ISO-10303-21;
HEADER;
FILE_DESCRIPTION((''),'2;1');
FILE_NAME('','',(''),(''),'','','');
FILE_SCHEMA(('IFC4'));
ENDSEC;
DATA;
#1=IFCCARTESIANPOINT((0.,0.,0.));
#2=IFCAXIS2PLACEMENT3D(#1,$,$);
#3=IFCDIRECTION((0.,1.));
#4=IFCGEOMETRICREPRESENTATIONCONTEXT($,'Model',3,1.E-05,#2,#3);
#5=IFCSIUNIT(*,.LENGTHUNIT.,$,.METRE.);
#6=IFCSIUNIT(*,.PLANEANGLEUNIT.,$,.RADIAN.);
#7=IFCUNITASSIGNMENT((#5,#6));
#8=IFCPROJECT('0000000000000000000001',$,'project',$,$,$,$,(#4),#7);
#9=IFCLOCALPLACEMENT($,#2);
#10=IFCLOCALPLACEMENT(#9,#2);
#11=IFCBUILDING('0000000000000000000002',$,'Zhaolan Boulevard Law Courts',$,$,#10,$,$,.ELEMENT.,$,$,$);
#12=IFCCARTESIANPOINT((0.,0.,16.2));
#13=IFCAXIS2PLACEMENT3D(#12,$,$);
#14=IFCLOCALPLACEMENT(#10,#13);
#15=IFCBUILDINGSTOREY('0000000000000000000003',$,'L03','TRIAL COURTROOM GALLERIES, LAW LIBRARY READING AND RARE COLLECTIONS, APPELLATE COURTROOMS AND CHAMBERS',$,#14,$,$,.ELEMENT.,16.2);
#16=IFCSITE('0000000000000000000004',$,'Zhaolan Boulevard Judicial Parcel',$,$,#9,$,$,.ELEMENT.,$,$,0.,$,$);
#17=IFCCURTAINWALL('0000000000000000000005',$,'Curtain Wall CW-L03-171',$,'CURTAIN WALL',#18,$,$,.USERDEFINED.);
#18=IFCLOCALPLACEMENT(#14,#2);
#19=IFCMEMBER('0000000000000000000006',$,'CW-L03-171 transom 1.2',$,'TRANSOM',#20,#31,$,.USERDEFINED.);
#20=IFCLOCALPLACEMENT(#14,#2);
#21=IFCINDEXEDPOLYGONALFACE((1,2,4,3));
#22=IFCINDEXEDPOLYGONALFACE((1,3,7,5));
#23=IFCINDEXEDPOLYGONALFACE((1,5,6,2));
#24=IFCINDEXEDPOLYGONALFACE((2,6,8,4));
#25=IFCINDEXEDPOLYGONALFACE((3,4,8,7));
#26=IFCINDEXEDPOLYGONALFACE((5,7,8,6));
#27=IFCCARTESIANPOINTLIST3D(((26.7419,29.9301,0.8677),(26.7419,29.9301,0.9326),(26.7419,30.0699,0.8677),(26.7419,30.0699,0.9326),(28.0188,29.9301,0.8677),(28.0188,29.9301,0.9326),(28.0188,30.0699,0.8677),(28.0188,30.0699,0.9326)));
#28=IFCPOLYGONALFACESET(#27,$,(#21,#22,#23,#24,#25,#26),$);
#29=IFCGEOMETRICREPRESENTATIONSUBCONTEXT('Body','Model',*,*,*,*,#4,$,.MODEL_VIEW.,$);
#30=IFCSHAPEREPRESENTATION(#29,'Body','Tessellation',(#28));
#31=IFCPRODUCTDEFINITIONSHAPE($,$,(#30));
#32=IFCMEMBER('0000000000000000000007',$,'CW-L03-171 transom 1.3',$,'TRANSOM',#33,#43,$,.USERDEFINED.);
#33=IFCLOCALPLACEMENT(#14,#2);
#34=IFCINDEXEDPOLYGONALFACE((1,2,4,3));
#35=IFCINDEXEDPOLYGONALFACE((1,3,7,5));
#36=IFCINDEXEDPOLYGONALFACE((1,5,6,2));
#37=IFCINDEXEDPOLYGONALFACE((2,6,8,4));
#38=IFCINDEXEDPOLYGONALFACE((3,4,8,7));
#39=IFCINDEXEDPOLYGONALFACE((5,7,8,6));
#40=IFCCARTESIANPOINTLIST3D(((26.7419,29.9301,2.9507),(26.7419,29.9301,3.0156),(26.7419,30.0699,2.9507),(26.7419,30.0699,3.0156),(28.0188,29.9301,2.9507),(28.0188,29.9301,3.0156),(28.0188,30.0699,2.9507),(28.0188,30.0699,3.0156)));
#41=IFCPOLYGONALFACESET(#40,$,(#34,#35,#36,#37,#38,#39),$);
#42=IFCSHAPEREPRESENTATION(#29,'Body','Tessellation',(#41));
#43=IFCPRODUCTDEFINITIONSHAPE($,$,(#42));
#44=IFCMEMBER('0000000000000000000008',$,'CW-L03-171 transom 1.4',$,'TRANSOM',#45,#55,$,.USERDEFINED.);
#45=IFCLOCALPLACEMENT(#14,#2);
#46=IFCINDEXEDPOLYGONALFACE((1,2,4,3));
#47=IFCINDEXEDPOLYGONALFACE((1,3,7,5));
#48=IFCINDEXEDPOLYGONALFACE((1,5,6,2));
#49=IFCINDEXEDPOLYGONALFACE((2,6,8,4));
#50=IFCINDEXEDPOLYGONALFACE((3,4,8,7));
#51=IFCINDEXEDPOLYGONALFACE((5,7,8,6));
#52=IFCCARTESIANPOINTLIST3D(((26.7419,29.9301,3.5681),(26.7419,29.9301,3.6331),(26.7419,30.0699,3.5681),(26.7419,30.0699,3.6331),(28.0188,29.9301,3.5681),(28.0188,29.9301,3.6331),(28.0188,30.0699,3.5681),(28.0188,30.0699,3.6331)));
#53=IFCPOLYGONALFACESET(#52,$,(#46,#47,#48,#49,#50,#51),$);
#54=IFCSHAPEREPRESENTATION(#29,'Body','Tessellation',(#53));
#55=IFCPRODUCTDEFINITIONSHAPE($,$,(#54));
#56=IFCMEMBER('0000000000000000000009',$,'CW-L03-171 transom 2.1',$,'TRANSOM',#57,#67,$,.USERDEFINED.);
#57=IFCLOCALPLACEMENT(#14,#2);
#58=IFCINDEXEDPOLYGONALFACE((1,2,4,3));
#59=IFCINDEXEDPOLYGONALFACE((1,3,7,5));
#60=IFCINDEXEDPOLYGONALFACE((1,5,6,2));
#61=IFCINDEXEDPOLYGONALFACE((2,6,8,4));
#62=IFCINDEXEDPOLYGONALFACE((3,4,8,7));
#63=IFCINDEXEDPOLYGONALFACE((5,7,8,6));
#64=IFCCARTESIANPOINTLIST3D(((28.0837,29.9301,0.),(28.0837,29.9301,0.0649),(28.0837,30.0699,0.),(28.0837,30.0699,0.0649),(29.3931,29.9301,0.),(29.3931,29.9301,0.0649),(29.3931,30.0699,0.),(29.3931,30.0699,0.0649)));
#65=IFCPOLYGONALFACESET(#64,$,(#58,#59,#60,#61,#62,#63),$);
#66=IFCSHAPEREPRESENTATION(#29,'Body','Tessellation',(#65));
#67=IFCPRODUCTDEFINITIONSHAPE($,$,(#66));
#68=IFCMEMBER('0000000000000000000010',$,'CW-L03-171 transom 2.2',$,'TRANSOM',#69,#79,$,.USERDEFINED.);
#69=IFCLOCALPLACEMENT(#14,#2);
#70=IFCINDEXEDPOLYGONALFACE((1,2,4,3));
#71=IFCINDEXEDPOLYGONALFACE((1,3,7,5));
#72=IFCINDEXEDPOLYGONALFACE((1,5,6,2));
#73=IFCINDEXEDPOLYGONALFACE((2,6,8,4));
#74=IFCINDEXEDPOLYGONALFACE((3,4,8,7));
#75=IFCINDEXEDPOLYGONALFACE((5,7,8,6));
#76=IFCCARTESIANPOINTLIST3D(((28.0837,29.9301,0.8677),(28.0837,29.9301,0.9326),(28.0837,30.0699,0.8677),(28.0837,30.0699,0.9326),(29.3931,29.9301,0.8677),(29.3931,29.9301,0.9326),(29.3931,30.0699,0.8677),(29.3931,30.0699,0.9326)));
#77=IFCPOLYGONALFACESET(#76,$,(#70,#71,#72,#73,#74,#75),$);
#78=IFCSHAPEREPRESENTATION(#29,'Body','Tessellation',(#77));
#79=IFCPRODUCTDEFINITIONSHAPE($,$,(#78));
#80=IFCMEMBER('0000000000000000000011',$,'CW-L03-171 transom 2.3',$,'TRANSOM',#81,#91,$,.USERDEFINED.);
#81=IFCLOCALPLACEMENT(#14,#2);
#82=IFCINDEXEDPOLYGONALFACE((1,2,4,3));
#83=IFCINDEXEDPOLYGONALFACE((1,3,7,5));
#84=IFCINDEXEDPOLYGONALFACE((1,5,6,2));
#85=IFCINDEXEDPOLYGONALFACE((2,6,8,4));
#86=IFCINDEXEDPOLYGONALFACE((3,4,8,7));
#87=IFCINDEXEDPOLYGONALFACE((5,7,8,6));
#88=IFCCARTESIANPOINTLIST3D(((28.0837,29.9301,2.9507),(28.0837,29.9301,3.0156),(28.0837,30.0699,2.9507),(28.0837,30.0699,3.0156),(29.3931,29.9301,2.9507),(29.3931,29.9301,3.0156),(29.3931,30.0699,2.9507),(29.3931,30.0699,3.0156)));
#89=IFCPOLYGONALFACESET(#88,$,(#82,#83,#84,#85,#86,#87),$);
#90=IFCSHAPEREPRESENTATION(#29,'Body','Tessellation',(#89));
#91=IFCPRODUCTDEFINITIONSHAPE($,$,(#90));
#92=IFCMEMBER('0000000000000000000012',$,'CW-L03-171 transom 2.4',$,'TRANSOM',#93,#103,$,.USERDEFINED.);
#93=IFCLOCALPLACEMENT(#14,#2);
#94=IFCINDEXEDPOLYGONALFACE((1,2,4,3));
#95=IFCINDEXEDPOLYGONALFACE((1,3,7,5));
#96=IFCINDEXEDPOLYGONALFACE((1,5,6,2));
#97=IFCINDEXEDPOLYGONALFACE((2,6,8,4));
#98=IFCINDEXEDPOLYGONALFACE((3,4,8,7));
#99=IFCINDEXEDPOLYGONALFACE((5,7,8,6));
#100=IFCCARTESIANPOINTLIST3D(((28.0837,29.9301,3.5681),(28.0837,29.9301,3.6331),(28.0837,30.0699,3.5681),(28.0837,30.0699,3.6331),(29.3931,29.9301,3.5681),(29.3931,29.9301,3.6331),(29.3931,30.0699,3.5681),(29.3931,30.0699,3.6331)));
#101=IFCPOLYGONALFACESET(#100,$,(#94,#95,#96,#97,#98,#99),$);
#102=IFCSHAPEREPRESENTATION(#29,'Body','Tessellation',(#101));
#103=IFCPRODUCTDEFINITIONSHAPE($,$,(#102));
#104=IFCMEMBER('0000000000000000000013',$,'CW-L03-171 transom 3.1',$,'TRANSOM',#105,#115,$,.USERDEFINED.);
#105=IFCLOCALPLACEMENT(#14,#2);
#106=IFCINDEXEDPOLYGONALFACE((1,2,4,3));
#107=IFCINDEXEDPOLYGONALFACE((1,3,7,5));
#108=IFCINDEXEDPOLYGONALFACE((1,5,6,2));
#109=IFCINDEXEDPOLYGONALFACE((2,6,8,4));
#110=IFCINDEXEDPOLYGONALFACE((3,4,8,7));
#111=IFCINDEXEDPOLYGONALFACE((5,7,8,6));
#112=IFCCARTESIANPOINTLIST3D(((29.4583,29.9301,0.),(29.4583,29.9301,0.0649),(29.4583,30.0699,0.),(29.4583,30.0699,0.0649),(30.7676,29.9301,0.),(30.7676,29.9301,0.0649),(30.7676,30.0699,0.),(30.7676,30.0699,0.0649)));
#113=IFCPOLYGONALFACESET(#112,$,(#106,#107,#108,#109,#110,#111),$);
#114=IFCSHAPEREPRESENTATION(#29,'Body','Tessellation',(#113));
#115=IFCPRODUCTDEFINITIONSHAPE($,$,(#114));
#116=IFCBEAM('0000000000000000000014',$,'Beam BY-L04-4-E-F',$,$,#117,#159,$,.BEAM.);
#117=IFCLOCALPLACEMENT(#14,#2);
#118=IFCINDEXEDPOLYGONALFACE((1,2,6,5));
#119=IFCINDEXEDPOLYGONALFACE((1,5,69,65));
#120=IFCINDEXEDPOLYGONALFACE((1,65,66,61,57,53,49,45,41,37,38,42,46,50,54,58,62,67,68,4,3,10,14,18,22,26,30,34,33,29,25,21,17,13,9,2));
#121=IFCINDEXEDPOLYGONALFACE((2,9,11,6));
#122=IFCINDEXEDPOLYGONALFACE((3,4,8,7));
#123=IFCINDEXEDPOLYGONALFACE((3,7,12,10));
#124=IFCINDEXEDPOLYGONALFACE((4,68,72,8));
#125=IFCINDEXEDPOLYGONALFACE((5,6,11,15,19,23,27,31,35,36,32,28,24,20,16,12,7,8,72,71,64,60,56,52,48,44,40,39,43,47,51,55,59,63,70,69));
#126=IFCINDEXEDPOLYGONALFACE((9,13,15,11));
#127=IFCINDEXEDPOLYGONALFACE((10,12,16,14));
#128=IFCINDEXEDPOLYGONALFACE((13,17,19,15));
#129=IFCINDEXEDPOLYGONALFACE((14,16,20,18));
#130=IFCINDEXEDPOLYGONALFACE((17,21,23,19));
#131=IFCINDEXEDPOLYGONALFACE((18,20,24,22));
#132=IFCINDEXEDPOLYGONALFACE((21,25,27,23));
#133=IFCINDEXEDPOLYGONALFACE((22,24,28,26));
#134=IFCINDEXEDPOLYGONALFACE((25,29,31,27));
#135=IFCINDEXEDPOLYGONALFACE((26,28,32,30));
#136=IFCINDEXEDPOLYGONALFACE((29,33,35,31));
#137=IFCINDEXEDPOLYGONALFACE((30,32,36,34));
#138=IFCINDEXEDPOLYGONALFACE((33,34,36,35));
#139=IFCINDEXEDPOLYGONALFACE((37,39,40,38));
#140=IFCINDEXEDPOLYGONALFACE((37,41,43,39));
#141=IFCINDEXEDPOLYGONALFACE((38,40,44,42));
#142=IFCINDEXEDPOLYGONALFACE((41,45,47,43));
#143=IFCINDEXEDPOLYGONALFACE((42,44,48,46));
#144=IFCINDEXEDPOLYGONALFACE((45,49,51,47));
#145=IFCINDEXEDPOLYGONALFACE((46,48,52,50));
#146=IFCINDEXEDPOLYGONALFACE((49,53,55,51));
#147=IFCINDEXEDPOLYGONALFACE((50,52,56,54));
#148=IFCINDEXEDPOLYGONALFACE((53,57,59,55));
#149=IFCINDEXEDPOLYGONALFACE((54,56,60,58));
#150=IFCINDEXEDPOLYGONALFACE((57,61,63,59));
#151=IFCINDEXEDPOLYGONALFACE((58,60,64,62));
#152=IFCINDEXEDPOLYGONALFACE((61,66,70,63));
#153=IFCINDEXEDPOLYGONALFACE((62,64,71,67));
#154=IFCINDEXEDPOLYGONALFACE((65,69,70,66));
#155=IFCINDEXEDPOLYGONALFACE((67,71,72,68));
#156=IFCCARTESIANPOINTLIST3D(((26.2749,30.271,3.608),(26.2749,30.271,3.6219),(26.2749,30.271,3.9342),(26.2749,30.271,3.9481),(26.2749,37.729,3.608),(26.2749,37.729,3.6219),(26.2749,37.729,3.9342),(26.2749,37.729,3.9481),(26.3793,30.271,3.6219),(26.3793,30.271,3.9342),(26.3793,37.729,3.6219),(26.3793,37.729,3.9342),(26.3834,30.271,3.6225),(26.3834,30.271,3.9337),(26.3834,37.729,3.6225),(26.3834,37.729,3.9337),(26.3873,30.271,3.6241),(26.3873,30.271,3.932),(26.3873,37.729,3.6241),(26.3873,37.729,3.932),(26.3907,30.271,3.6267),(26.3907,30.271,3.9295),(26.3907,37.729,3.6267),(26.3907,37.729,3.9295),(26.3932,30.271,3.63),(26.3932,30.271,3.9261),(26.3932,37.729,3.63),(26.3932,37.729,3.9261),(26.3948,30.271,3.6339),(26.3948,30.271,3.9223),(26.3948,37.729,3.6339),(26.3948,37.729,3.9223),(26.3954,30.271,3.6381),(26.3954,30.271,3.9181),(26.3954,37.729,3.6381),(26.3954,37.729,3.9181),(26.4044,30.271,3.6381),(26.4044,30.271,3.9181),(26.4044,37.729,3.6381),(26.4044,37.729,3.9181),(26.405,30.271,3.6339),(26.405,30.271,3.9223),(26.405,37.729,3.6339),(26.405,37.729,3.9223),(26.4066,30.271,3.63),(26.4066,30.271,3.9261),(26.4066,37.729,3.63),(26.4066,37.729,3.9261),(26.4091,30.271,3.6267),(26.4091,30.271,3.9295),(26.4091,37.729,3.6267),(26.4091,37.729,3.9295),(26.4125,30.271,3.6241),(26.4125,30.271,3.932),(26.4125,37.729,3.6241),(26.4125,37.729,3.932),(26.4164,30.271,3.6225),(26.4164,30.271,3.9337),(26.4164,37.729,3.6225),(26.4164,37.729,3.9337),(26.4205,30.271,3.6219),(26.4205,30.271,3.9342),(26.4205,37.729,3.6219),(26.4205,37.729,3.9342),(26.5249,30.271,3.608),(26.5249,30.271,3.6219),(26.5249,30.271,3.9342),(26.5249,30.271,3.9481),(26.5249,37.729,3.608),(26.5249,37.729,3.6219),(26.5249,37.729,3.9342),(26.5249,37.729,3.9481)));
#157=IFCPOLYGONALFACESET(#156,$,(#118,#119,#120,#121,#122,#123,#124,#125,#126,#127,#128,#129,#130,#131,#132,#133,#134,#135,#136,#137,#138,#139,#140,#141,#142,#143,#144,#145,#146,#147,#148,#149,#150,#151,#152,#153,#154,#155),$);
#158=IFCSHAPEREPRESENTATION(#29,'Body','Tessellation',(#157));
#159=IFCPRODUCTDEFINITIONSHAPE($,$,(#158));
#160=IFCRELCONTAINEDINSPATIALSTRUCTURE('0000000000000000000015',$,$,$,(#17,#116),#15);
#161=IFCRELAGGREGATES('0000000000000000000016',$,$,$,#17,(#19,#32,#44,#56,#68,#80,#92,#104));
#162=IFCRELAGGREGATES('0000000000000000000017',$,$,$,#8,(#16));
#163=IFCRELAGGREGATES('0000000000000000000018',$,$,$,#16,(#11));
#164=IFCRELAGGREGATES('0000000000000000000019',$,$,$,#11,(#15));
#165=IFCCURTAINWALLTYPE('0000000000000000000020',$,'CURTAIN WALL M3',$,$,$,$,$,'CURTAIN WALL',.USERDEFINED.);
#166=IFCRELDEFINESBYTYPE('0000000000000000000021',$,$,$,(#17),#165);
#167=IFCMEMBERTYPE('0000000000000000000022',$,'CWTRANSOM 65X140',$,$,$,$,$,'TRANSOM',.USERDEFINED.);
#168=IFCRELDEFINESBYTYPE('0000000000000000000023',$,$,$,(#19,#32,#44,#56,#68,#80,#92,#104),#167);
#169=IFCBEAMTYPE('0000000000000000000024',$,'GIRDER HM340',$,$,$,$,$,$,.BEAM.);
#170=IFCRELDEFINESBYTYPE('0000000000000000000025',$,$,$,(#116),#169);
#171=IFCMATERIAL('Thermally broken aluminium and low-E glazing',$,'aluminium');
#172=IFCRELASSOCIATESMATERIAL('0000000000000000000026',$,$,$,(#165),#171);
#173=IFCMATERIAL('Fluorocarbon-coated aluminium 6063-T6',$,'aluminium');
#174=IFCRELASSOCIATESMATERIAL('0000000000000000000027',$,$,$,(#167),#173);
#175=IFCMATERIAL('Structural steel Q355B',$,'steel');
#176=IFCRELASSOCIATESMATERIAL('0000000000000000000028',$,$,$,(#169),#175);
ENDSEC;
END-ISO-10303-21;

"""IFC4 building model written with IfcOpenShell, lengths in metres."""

from ifc_helpers import new_model, si_unit, direction, frame, origin, origin_2d, place, context, subcontext, project, spatial, rectangle, i_section, extrude, material, material_profile, profile_set, type_object, element, aggregate, save


model = new_model("IFC4")

# Units and contexts
model_context = context("Model", 3, precision=1e-05, world=origin(), true_north=direction((0.0, 1.0)))
body_context = subcontext(model_context, "Body", "Model", "MODEL_VIEW")
ifc_project = project(units=[si_unit("LENGTHUNIT", "METRE"), si_unit("PLANEANGLEUNIT", "RADIAN")], contexts=[model_context])

# Site, building, storey
site_placement = place(None, origin())
site = spatial("IfcSite", under=ifc_project, at=site_placement, Name="Zhaolan Boulevard Judicial Parcel", CompositionType="ELEMENT", RefElevation=0.0)
building_placement = place(site_placement, origin())
building = spatial("IfcBuilding", under=site, at=building_placement, Name="Zhaolan Boulevard Law Courts", CompositionType="ELEMENT")
storey_placement = place(building_placement, frame((0.0, 0.0, 16.2)))
storey = spatial("IfcBuildingStorey", under=building, at=storey_placement, Name="L03", Description="TRIAL COURTROOM GALLERIES, LAW LIBRARY READING AND RARE COLLECTIONS, APPELLATE COURTROOMS AND CHAMBERS", CompositionType="ELEMENT", Elevation=16.2)

# Curtain wall
ifc_material_1 = material(Name="Thermally broken aluminium and low-E glazing", Category="aluminium")
curtain_wall_type_1 = type_object("IfcCurtainWallType", Name="CURTAIN WALL M3", ElementType="CURTAIN WALL", PredefinedType="USERDEFINED", material=ifc_material_1)
curtain_wall_1_placement = place(storey_placement, origin())
curtain_wall_1 = element("IfcCurtainWall", 1, at=curtain_wall_1_placement, inside=storey, type_object=curtain_wall_type_1, Name="Curtain Wall CW-L03-171", ObjectType="CURTAIN WALL", PredefinedType="USERDEFINED")

# Members
ifc_material_2 = material(Name="Fluorocarbon-coated aluminium 6063-T6", Category="aluminium")
ifc_material_profile_1 = material_profile(ifc_material_2, rectangle(XDim=0.1399, YDim=0.0649, at=origin_2d()), Name="AL65x140")
ifc_profile_set_1 = profile_set([ifc_material_profile_1], Name="Fluorocarbon-coated aluminium 6063-T6")
member_type_1 = type_object("IfcMemberType", Name="CWTRANSOM 65X140", ElementType="TRANSOM", PredefinedType="USERDEFINED", material=ifc_profile_set_1)
member_1_placement = place(storey_placement, frame((26.7419, 30.0, 0.9001), z_axis=(1.0, 0.0, 0.0), x_axis=(0.0, 1.0, 0.0)))
member_1 = element("IfcMember", 2, at=member_1_placement, type_object=member_type_1, Name="CW-L03-171 transom 1.2", ObjectType="TRANSOM", PredefinedType="USERDEFINED", context=body_context, shape_type="SweptSolid", body=[
    extrude(rectangle(XDim=0.1399, YDim=0.0649, at=origin_2d()), origin(), (0.0, 0.0, 1.0), 1.2769),
])
member_2_placement = place(storey_placement, frame((26.7419, 30.0, 2.9832), z_axis=(1.0, 0.0, 0.0), x_axis=(0.0, 1.0, 0.0)))
member_2 = element("IfcMember", 3, at=member_2_placement, type_object=member_type_1, Name="CW-L03-171 transom 1.3", ObjectType="TRANSOM", PredefinedType="USERDEFINED", context=body_context, shape_type="SweptSolid", body=[
    extrude(rectangle(XDim=0.1399, YDim=0.0649, at=origin_2d()), origin(), (0.0, 0.0, 1.0), 1.2769),
])
member_3_placement = place(storey_placement, frame((26.7419, 30.0, 3.6006), z_axis=(1.0, 0.0, 0.0), x_axis=(0.0, 1.0, 0.0)))
member_3 = element("IfcMember", 4, at=member_3_placement, type_object=member_type_1, Name="CW-L03-171 transom 1.4", ObjectType="TRANSOM", PredefinedType="USERDEFINED", context=body_context, shape_type="SweptSolid", body=[
    extrude(rectangle(XDim=0.1399, YDim=0.0649, at=origin_2d()), origin(), (0.0, 0.0, 1.0), 1.2769),
])
member_4_placement = place(storey_placement, frame((28.0837, 30.0, 0.0325), z_axis=(1.0, 0.0, 0.0), x_axis=(0.0, 1.0, 0.0)))
member_4 = element("IfcMember", 5, at=member_4_placement, type_object=member_type_1, Name="CW-L03-171 transom 2.1", ObjectType="TRANSOM", PredefinedType="USERDEFINED", context=body_context, shape_type="SweptSolid", body=[
    extrude(rectangle(XDim=0.1399, YDim=0.0649, at=origin_2d()), origin(), (0.0, 0.0, 1.0), 1.3093),
])
member_5_placement = place(storey_placement, frame((28.0837, 30.0, 0.9001), z_axis=(1.0, 0.0, 0.0), x_axis=(0.0, 1.0, 0.0)))
member_5 = element("IfcMember", 6, at=member_5_placement, type_object=member_type_1, Name="CW-L03-171 transom 2.2", ObjectType="TRANSOM", PredefinedType="USERDEFINED", context=body_context, shape_type="SweptSolid", body=[
    extrude(rectangle(XDim=0.1399, YDim=0.0649, at=origin_2d()), origin(), (0.0, 0.0, 1.0), 1.3093),
])
member_6_placement = place(storey_placement, frame((28.0837, 30.0, 2.9832), z_axis=(1.0, 0.0, 0.0), x_axis=(0.0, 1.0, 0.0)))
member_6 = element("IfcMember", 7, at=member_6_placement, type_object=member_type_1, Name="CW-L03-171 transom 2.3", ObjectType="TRANSOM", PredefinedType="USERDEFINED", context=body_context, shape_type="SweptSolid", body=[
    extrude(rectangle(XDim=0.1399, YDim=0.0649, at=origin_2d()), origin(), (0.0, 0.0, 1.0), 1.3093),
])
member_7_placement = place(storey_placement, frame((28.0837, 30.0, 3.6006), z_axis=(1.0, 0.0, 0.0), x_axis=(0.0, 1.0, 0.0)))
member_7 = element("IfcMember", 8, at=member_7_placement, type_object=member_type_1, Name="CW-L03-171 transom 2.4", ObjectType="TRANSOM", PredefinedType="USERDEFINED", context=body_context, shape_type="SweptSolid", body=[
    extrude(rectangle(XDim=0.1399, YDim=0.0649, at=origin_2d()), origin(), (0.0, 0.0, 1.0), 1.3093),
])
member_8_placement = place(storey_placement, frame((29.4583, 30.0, 0.0325), z_axis=(1.0, 0.0, 0.0), x_axis=(0.0, 1.0, 0.0)))
member_8 = element("IfcMember", 9, at=member_8_placement, type_object=member_type_1, Name="CW-L03-171 transom 3.1", ObjectType="TRANSOM", PredefinedType="USERDEFINED", context=body_context, shape_type="SweptSolid", body=[
    extrude(rectangle(XDim=0.1399, YDim=0.0649, at=origin_2d()), origin(), (0.0, 0.0, 1.0), 1.3093),
])

# Beam
ifc_material_3 = material(Name="Structural steel Q355B", Category="steel")
ifc_material_profile_2 = material_profile(ifc_material_3, i_section(OverallWidth=0.25, OverallDepth=0.3401, WebThickness=0.009, FlangeThickness=0.0139, FilletRadius=0.0161, at=origin_2d()), Name="HM340x250")
ifc_profile_set_2 = profile_set([ifc_material_profile_2], Name="Structural steel Q355B")
beam_type_1 = type_object("IfcBeamType", Name="GIRDER HM340", PredefinedType="BEAM", material=ifc_profile_set_2)
beam_1_placement = place(storey_placement, frame((26.3999, 30.271, 3.7781), z_axis=(0.0, 1.0, 0.0), x_axis=(-1.0, 0.0, 0.0)))
element("IfcBeam", 10, at=beam_1_placement, inside=storey, type_object=beam_type_1, Name="Beam BY-L04-4-E-F", PredefinedType="BEAM", context=body_context, shape_type="SweptSolid", body=[
    extrude(i_section(OverallWidth=0.25, OverallDepth=0.3401, WebThickness=0.009, FlangeThickness=0.0139, FilletRadius=0.0161, at=origin_2d()), origin(), (0.0, 0.0, 1.0), 7.458),
])

aggregate(curtain_wall_1, [member_1, member_2, member_3, member_4, member_5, member_6, member_7, member_8])

save(model, "model.ifc")
